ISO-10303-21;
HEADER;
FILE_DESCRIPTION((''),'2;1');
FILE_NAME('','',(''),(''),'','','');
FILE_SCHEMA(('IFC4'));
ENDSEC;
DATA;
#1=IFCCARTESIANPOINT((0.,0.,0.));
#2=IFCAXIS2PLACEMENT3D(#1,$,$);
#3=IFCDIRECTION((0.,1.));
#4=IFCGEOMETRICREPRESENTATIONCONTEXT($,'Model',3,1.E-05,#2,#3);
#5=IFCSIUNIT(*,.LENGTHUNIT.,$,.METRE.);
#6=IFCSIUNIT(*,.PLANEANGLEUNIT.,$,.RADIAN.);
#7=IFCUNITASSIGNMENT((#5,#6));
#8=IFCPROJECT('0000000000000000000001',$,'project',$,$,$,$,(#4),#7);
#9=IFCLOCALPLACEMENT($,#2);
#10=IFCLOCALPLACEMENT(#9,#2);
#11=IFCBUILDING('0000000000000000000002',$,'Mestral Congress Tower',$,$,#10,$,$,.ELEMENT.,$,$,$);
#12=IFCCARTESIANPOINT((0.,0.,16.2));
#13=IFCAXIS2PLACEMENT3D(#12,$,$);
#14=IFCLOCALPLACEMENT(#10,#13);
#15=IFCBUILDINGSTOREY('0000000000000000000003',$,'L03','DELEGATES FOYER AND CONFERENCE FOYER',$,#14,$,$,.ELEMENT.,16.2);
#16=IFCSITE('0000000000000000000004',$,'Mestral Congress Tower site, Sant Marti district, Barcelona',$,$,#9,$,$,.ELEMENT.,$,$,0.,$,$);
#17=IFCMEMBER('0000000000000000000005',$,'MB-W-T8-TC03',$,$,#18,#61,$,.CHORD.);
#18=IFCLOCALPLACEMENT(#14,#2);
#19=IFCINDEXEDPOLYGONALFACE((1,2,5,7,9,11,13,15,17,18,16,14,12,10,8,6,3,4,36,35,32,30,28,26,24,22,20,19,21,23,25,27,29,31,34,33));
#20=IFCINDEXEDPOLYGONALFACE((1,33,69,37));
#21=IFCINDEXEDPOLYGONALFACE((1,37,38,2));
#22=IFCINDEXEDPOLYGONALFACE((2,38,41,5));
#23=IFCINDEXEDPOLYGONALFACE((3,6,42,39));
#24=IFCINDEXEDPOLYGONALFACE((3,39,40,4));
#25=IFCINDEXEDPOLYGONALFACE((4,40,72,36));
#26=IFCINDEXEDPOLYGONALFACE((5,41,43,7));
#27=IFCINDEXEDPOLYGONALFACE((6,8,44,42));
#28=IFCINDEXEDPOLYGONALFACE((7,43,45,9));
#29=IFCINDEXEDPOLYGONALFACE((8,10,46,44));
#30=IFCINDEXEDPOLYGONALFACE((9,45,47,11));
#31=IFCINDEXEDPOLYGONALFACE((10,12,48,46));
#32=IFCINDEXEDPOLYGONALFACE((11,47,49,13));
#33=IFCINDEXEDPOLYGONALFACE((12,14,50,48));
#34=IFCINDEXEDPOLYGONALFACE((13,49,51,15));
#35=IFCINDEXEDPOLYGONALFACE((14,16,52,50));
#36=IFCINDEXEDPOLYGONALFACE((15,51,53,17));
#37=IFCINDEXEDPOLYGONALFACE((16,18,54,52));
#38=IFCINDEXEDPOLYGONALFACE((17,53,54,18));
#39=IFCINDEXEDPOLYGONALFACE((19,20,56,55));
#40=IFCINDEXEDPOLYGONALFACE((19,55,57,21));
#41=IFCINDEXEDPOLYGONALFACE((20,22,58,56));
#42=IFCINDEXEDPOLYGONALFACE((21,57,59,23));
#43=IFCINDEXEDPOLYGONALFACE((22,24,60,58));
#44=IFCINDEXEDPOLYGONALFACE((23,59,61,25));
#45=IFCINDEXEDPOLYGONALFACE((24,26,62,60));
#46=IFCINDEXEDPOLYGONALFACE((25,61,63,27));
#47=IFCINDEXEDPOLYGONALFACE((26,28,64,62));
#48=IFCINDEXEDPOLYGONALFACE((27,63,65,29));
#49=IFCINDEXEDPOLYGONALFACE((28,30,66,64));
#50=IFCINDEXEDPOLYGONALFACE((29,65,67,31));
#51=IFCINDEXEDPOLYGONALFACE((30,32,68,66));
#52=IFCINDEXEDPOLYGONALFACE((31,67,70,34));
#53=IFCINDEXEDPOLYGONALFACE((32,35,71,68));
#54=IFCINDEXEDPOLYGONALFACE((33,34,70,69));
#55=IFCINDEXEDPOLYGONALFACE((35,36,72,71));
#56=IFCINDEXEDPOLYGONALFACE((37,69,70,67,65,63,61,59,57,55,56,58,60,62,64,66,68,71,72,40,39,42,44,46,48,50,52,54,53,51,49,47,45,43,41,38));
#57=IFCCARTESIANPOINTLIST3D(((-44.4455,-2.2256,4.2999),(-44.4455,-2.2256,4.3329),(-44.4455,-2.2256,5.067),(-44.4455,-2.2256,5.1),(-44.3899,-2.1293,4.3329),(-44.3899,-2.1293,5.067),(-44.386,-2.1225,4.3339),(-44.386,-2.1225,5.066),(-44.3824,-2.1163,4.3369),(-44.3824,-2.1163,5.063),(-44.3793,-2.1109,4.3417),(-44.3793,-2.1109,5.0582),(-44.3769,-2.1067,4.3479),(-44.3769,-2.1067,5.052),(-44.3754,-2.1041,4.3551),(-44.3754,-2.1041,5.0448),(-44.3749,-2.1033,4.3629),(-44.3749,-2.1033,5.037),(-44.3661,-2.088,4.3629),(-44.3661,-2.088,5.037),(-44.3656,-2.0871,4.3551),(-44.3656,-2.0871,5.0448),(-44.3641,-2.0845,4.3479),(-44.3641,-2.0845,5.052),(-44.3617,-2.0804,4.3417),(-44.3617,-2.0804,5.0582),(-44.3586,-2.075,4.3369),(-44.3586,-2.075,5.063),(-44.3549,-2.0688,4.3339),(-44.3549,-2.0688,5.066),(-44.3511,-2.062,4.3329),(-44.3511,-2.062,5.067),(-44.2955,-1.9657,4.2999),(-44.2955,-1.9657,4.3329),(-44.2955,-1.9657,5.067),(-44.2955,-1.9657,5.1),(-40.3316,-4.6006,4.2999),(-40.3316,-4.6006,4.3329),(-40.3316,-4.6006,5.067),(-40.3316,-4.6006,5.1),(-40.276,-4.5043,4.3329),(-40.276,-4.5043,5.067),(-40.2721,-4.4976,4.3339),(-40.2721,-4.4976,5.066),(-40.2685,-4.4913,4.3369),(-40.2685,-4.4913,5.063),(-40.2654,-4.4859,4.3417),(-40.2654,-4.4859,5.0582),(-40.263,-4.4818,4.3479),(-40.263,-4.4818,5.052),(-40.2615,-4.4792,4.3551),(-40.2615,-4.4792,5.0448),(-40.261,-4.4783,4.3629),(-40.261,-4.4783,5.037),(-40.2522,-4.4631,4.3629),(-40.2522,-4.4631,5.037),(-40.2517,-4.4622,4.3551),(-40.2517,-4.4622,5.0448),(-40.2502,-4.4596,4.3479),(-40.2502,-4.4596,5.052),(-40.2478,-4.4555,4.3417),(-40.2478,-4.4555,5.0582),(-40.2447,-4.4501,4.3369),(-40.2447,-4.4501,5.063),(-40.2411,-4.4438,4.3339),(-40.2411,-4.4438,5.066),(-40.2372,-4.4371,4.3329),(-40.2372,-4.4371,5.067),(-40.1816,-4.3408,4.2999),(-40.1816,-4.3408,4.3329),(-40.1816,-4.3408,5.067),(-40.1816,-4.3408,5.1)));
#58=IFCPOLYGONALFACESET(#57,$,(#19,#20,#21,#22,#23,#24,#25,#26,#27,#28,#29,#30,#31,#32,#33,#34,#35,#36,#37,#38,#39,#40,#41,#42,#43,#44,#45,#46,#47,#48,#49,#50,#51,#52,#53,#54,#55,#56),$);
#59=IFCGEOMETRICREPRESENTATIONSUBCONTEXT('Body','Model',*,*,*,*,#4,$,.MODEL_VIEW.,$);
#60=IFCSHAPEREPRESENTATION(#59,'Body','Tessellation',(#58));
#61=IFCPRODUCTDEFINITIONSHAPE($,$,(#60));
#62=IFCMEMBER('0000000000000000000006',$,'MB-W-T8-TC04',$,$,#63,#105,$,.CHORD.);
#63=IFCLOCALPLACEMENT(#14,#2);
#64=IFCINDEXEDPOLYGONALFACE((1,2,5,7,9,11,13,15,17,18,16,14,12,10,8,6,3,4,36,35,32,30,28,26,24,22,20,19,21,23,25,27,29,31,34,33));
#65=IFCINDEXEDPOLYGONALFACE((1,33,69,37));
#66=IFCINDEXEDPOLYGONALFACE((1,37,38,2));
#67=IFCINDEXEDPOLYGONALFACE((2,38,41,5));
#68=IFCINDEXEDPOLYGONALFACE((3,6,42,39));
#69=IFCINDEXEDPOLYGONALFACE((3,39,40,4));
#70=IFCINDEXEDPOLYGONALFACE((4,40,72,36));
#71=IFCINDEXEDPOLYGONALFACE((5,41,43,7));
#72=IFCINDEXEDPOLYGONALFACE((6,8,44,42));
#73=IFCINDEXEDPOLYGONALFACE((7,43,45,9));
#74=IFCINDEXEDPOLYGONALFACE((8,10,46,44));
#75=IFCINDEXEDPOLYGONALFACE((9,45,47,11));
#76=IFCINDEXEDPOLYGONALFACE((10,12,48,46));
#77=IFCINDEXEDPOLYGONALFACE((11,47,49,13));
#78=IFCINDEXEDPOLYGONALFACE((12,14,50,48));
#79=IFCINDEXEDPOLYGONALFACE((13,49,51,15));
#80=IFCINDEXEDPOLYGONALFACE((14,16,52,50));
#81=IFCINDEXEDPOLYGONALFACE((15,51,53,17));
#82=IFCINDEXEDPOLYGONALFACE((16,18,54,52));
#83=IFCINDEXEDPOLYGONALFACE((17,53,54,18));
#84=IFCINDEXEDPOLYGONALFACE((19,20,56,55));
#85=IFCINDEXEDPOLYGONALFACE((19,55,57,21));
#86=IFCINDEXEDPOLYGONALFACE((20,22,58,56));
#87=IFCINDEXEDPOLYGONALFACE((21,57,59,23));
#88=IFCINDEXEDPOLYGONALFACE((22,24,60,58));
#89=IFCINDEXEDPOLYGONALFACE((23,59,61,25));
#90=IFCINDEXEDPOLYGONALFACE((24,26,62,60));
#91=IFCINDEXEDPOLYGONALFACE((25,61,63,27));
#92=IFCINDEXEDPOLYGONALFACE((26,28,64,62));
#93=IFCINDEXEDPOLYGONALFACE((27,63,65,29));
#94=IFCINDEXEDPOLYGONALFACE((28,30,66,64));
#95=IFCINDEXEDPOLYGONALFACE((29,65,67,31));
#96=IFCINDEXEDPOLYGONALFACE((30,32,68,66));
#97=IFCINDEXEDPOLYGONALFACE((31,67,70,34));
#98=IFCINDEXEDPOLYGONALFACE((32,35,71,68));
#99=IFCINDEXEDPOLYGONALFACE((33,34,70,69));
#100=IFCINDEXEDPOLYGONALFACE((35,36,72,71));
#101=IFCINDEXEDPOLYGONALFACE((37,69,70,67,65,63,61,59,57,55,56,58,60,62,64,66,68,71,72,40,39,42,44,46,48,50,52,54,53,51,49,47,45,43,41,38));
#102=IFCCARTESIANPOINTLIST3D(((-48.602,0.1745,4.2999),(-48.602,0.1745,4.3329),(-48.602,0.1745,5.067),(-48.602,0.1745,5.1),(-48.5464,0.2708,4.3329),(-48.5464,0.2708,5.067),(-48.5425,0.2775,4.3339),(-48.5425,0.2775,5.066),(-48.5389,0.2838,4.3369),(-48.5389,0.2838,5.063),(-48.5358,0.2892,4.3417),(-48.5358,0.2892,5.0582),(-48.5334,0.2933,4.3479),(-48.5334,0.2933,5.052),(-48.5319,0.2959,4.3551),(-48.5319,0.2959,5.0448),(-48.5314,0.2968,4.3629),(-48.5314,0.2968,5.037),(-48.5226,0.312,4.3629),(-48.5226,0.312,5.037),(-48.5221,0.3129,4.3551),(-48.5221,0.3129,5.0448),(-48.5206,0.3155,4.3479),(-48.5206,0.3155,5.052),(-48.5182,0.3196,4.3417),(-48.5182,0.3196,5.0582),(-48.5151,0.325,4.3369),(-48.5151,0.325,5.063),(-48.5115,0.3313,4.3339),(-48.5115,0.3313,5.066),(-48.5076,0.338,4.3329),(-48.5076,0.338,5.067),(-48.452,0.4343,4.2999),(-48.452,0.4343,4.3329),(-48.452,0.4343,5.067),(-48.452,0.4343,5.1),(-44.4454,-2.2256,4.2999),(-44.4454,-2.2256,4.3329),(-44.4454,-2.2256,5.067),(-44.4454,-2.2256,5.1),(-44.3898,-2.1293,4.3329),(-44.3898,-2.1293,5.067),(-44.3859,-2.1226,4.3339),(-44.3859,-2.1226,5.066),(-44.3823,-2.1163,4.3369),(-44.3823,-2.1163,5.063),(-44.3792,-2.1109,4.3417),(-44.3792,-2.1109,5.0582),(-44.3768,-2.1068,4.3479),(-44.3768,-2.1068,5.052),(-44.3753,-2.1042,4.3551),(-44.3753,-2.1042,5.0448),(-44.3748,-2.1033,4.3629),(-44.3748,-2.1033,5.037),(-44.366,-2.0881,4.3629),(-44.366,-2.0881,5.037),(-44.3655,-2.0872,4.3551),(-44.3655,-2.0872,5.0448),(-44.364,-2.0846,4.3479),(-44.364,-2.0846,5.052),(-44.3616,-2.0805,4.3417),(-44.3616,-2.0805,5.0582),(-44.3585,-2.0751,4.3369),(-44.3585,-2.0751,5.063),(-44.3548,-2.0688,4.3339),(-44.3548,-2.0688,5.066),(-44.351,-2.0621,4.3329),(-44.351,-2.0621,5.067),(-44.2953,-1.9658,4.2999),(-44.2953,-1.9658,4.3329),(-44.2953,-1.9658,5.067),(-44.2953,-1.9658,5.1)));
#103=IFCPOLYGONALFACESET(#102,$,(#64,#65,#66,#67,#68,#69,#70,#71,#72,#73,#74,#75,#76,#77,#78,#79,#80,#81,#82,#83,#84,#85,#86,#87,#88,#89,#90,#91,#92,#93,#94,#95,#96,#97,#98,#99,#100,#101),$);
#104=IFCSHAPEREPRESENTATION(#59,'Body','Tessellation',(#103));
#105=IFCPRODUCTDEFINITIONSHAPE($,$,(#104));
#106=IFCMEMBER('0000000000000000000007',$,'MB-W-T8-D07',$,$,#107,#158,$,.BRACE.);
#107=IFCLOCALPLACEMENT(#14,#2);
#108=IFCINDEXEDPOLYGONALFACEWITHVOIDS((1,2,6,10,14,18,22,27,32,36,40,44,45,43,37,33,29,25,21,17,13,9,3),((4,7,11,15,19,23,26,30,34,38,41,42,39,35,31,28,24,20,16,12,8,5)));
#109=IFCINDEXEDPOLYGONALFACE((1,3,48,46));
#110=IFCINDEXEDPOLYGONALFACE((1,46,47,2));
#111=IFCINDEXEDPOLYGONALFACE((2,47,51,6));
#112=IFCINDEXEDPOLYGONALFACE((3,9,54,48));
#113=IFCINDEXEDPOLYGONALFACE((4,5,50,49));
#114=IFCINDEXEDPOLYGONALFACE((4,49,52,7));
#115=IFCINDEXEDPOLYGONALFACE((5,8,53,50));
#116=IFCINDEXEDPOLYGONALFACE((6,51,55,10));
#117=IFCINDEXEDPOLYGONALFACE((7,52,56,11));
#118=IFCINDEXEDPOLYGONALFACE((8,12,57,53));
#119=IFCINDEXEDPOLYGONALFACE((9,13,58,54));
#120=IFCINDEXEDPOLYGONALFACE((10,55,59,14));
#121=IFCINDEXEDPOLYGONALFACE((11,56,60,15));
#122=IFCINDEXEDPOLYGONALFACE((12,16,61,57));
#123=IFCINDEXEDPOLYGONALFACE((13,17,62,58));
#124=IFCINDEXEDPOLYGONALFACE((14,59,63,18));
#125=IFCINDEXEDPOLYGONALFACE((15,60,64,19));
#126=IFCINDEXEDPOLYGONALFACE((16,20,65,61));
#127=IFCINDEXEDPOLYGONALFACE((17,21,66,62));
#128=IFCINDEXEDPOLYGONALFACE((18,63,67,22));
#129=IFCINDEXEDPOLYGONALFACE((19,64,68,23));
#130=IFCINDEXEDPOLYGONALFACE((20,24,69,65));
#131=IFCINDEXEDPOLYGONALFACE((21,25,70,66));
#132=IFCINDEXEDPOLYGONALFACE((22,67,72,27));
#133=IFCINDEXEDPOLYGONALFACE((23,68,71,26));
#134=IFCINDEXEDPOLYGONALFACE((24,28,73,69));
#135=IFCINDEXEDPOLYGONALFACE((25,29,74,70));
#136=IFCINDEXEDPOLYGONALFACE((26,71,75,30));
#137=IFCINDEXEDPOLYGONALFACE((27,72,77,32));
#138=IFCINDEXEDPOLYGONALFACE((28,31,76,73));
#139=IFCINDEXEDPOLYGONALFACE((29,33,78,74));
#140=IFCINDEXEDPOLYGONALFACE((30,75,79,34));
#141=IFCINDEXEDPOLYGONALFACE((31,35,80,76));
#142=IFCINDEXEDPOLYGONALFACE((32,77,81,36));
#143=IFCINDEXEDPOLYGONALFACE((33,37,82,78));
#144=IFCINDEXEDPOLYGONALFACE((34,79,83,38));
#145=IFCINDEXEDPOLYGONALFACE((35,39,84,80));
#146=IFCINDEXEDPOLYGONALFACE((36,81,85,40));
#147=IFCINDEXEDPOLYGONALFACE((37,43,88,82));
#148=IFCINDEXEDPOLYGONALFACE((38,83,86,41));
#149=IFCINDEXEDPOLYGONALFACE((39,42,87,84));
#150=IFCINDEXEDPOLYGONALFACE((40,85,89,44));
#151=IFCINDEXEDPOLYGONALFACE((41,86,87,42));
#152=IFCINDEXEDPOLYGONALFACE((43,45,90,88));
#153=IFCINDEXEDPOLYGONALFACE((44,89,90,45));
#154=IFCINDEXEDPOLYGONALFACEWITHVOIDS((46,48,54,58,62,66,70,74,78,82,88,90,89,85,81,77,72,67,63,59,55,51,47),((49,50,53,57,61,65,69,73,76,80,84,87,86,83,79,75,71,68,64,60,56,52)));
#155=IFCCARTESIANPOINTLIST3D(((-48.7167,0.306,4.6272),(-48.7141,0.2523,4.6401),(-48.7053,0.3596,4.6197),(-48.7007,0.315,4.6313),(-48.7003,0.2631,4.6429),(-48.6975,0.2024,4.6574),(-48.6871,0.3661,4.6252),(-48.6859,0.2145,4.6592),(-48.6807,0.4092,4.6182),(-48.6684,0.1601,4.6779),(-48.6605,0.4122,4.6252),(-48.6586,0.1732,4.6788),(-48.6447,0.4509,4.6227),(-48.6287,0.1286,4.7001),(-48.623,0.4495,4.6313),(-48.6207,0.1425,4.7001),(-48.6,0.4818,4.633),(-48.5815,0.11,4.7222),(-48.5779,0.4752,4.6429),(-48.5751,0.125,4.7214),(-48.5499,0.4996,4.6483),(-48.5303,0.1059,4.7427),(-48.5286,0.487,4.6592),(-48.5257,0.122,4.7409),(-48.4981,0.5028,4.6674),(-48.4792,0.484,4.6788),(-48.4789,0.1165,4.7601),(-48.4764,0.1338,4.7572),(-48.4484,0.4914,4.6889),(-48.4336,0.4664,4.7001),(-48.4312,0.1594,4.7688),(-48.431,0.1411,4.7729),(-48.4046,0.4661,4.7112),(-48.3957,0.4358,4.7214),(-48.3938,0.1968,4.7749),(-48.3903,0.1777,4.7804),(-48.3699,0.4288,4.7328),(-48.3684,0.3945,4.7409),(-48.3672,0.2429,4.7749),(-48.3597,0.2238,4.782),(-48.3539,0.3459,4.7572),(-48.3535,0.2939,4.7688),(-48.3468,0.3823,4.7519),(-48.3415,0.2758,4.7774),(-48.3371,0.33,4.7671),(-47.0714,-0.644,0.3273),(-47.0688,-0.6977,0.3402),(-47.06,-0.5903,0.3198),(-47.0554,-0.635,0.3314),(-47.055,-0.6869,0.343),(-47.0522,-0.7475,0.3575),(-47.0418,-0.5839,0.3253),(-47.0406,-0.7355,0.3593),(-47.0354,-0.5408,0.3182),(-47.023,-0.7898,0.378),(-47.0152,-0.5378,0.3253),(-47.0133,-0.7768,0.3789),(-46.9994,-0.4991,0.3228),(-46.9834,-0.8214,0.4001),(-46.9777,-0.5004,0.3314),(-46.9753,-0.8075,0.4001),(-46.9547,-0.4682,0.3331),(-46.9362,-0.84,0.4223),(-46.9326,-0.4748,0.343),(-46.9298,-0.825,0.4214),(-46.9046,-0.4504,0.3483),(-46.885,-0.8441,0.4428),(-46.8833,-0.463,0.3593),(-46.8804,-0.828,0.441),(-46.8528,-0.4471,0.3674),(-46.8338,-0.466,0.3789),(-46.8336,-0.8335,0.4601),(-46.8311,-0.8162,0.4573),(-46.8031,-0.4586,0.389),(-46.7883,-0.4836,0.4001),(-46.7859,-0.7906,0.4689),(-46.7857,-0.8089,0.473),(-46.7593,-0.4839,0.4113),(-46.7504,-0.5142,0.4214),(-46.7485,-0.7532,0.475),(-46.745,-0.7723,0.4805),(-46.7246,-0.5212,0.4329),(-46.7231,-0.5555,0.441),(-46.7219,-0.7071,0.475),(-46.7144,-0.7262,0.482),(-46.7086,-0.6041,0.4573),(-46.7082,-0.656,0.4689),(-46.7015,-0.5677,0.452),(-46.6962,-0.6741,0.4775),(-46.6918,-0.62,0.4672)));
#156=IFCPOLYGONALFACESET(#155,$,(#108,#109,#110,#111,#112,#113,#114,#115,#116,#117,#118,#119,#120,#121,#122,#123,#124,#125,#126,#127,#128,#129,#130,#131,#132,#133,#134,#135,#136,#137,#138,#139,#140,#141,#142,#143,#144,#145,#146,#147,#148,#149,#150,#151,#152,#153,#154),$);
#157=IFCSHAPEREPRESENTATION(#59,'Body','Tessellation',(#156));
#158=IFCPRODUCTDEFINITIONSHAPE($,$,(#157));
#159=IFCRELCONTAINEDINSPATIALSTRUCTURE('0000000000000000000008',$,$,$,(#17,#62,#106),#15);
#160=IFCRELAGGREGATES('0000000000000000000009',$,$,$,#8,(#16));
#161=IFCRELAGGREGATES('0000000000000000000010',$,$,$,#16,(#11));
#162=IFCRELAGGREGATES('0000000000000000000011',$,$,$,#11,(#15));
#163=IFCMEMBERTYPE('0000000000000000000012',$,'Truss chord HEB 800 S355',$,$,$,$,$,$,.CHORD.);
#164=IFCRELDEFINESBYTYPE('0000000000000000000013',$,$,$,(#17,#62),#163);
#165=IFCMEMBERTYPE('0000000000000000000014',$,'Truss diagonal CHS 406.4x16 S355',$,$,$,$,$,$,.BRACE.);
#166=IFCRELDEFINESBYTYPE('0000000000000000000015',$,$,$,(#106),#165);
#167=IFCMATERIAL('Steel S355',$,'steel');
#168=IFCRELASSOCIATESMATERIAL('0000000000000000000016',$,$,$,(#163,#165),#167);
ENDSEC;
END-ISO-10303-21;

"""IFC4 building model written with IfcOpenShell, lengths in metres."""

from ifc_helpers import new_model, si_unit, direction, frame, origin, origin_2d, place, context, subcontext, project, spatial, hollow_circle, i_section, extrude, material, material_profile, profile_set, type_object, element, save


model = new_model("IFC4")

# Units and contexts
model_context = context("Model", 3, precision=1e-05, world=origin(), true_north=direction((0.0, 1.0)))
body_context = subcontext(model_context, "Body", "Model", "MODEL_VIEW")
ifc_project = project(units=[si_unit("LENGTHUNIT", "METRE"), si_unit("PLANEANGLEUNIT", "RADIAN")], contexts=[model_context])

# Site, building, storey
site_placement = place(None, origin())
site = spatial("IfcSite", under=ifc_project, at=site_placement, Name="Mestral Congress Tower site, Sant Marti district, Barcelona", CompositionType="ELEMENT", RefElevation=0.0)
building_placement = place(site_placement, origin())
building = spatial("IfcBuilding", under=site, at=building_placement, Name="Mestral Congress Tower", CompositionType="ELEMENT")
storey_placement = place(building_placement, frame((0.0, 0.0, 16.2)))
storey = spatial("IfcBuildingStorey", under=building, at=storey_placement, Name="L03", Description="DELEGATES FOYER AND CONFERENCE FOYER", CompositionType="ELEMENT", Elevation=16.2)

# Shared definitions
ifc_material_1 = material(Name="Steel S355", Category="steel")

# Members
ifc_material_profile_1 = material_profile(ifc_material_1, i_section(OverallWidth=0.3, OverallDepth=0.8, WebThickness=0.0176, FlangeThickness=0.033, FilletRadius=0.03, at=origin_2d()), Name="HEB 800")
ifc_profile_set_1 = profile_set([ifc_material_profile_1], Name="Steel S355")
member_type_1 = type_object("IfcMemberType", Name="Truss chord HEB 800 S355", PredefinedType="CHORD", material=ifc_profile_set_1)
member_1_placement = place(storey_placement, frame((-40.2566, -4.4707, 4.7), z_axis=(-0.866033, 0.499986, 0.0), x_axis=(-0.499986, -0.866033, 0.0)))
element("IfcMember", 1, at=member_1_placement, inside=storey, type_object=member_type_1, Name="MB-W-T8-TC03", PredefinedType="CHORD", context=body_context, shape_type="SweptSolid", body=[
    extrude(i_section(OverallWidth=0.3, OverallDepth=0.8, WebThickness=0.0176, FlangeThickness=0.033, FilletRadius=0.03, at=origin_2d()), origin(), (0.0, 0.0, 1.0), 4.7502),
])
member_2_placement = place(storey_placement, frame((-44.3704, -2.0957, 4.7), z_axis=(-0.866003, 0.500039, 0.0), x_axis=(-0.500039, -0.866003, 0.0)))
element("IfcMember", 2, at=member_2_placement, inside=storey, type_object=member_type_1, Name="MB-W-T8-TC04", PredefinedType="CHORD", context=body_context, shape_type="SweptSolid", body=[
    extrude(i_section(OverallWidth=0.3, OverallDepth=0.8, WebThickness=0.0176, FlangeThickness=0.033, FilletRadius=0.03, at=origin_2d()), origin(), (0.0, 0.0, 1.0), 4.7998),
])
ifc_material_profile_2 = material_profile(ifc_material_1, hollow_circle(Radius=0.2031, WallThickness=0.0161, at=origin_2d()), Name="CHS 406.4x16")
ifc_profile_set_2 = profile_set([ifc_material_profile_2], Name="Steel S355")
member_type_2 = type_object("IfcMemberType", Name="Truss diagonal CHS 406.4x16 S355", PredefinedType="BRACE", material=ifc_profile_set_2)
member_3_placement = place(storey_placement, frame((-46.8818, -0.6455, 0.4001), z_axis=(-0.349996, 0.202082, 0.914694), x_axis=(-0.500023, -0.866012, 0.0)))
element("IfcMember", 3, at=member_3_placement, inside=storey, type_object=member_type_2, Name="MB-W-T8-D07", PredefinedType="BRACE", context=body_context, shape_type="SweptSolid", body=[
    extrude(hollow_circle(Radius=0.2031, WallThickness=0.0161, at=origin_2d()), origin(), (0.0, 0.0, 1.0), 4.7009),
])

save(model, "model.ifc")
